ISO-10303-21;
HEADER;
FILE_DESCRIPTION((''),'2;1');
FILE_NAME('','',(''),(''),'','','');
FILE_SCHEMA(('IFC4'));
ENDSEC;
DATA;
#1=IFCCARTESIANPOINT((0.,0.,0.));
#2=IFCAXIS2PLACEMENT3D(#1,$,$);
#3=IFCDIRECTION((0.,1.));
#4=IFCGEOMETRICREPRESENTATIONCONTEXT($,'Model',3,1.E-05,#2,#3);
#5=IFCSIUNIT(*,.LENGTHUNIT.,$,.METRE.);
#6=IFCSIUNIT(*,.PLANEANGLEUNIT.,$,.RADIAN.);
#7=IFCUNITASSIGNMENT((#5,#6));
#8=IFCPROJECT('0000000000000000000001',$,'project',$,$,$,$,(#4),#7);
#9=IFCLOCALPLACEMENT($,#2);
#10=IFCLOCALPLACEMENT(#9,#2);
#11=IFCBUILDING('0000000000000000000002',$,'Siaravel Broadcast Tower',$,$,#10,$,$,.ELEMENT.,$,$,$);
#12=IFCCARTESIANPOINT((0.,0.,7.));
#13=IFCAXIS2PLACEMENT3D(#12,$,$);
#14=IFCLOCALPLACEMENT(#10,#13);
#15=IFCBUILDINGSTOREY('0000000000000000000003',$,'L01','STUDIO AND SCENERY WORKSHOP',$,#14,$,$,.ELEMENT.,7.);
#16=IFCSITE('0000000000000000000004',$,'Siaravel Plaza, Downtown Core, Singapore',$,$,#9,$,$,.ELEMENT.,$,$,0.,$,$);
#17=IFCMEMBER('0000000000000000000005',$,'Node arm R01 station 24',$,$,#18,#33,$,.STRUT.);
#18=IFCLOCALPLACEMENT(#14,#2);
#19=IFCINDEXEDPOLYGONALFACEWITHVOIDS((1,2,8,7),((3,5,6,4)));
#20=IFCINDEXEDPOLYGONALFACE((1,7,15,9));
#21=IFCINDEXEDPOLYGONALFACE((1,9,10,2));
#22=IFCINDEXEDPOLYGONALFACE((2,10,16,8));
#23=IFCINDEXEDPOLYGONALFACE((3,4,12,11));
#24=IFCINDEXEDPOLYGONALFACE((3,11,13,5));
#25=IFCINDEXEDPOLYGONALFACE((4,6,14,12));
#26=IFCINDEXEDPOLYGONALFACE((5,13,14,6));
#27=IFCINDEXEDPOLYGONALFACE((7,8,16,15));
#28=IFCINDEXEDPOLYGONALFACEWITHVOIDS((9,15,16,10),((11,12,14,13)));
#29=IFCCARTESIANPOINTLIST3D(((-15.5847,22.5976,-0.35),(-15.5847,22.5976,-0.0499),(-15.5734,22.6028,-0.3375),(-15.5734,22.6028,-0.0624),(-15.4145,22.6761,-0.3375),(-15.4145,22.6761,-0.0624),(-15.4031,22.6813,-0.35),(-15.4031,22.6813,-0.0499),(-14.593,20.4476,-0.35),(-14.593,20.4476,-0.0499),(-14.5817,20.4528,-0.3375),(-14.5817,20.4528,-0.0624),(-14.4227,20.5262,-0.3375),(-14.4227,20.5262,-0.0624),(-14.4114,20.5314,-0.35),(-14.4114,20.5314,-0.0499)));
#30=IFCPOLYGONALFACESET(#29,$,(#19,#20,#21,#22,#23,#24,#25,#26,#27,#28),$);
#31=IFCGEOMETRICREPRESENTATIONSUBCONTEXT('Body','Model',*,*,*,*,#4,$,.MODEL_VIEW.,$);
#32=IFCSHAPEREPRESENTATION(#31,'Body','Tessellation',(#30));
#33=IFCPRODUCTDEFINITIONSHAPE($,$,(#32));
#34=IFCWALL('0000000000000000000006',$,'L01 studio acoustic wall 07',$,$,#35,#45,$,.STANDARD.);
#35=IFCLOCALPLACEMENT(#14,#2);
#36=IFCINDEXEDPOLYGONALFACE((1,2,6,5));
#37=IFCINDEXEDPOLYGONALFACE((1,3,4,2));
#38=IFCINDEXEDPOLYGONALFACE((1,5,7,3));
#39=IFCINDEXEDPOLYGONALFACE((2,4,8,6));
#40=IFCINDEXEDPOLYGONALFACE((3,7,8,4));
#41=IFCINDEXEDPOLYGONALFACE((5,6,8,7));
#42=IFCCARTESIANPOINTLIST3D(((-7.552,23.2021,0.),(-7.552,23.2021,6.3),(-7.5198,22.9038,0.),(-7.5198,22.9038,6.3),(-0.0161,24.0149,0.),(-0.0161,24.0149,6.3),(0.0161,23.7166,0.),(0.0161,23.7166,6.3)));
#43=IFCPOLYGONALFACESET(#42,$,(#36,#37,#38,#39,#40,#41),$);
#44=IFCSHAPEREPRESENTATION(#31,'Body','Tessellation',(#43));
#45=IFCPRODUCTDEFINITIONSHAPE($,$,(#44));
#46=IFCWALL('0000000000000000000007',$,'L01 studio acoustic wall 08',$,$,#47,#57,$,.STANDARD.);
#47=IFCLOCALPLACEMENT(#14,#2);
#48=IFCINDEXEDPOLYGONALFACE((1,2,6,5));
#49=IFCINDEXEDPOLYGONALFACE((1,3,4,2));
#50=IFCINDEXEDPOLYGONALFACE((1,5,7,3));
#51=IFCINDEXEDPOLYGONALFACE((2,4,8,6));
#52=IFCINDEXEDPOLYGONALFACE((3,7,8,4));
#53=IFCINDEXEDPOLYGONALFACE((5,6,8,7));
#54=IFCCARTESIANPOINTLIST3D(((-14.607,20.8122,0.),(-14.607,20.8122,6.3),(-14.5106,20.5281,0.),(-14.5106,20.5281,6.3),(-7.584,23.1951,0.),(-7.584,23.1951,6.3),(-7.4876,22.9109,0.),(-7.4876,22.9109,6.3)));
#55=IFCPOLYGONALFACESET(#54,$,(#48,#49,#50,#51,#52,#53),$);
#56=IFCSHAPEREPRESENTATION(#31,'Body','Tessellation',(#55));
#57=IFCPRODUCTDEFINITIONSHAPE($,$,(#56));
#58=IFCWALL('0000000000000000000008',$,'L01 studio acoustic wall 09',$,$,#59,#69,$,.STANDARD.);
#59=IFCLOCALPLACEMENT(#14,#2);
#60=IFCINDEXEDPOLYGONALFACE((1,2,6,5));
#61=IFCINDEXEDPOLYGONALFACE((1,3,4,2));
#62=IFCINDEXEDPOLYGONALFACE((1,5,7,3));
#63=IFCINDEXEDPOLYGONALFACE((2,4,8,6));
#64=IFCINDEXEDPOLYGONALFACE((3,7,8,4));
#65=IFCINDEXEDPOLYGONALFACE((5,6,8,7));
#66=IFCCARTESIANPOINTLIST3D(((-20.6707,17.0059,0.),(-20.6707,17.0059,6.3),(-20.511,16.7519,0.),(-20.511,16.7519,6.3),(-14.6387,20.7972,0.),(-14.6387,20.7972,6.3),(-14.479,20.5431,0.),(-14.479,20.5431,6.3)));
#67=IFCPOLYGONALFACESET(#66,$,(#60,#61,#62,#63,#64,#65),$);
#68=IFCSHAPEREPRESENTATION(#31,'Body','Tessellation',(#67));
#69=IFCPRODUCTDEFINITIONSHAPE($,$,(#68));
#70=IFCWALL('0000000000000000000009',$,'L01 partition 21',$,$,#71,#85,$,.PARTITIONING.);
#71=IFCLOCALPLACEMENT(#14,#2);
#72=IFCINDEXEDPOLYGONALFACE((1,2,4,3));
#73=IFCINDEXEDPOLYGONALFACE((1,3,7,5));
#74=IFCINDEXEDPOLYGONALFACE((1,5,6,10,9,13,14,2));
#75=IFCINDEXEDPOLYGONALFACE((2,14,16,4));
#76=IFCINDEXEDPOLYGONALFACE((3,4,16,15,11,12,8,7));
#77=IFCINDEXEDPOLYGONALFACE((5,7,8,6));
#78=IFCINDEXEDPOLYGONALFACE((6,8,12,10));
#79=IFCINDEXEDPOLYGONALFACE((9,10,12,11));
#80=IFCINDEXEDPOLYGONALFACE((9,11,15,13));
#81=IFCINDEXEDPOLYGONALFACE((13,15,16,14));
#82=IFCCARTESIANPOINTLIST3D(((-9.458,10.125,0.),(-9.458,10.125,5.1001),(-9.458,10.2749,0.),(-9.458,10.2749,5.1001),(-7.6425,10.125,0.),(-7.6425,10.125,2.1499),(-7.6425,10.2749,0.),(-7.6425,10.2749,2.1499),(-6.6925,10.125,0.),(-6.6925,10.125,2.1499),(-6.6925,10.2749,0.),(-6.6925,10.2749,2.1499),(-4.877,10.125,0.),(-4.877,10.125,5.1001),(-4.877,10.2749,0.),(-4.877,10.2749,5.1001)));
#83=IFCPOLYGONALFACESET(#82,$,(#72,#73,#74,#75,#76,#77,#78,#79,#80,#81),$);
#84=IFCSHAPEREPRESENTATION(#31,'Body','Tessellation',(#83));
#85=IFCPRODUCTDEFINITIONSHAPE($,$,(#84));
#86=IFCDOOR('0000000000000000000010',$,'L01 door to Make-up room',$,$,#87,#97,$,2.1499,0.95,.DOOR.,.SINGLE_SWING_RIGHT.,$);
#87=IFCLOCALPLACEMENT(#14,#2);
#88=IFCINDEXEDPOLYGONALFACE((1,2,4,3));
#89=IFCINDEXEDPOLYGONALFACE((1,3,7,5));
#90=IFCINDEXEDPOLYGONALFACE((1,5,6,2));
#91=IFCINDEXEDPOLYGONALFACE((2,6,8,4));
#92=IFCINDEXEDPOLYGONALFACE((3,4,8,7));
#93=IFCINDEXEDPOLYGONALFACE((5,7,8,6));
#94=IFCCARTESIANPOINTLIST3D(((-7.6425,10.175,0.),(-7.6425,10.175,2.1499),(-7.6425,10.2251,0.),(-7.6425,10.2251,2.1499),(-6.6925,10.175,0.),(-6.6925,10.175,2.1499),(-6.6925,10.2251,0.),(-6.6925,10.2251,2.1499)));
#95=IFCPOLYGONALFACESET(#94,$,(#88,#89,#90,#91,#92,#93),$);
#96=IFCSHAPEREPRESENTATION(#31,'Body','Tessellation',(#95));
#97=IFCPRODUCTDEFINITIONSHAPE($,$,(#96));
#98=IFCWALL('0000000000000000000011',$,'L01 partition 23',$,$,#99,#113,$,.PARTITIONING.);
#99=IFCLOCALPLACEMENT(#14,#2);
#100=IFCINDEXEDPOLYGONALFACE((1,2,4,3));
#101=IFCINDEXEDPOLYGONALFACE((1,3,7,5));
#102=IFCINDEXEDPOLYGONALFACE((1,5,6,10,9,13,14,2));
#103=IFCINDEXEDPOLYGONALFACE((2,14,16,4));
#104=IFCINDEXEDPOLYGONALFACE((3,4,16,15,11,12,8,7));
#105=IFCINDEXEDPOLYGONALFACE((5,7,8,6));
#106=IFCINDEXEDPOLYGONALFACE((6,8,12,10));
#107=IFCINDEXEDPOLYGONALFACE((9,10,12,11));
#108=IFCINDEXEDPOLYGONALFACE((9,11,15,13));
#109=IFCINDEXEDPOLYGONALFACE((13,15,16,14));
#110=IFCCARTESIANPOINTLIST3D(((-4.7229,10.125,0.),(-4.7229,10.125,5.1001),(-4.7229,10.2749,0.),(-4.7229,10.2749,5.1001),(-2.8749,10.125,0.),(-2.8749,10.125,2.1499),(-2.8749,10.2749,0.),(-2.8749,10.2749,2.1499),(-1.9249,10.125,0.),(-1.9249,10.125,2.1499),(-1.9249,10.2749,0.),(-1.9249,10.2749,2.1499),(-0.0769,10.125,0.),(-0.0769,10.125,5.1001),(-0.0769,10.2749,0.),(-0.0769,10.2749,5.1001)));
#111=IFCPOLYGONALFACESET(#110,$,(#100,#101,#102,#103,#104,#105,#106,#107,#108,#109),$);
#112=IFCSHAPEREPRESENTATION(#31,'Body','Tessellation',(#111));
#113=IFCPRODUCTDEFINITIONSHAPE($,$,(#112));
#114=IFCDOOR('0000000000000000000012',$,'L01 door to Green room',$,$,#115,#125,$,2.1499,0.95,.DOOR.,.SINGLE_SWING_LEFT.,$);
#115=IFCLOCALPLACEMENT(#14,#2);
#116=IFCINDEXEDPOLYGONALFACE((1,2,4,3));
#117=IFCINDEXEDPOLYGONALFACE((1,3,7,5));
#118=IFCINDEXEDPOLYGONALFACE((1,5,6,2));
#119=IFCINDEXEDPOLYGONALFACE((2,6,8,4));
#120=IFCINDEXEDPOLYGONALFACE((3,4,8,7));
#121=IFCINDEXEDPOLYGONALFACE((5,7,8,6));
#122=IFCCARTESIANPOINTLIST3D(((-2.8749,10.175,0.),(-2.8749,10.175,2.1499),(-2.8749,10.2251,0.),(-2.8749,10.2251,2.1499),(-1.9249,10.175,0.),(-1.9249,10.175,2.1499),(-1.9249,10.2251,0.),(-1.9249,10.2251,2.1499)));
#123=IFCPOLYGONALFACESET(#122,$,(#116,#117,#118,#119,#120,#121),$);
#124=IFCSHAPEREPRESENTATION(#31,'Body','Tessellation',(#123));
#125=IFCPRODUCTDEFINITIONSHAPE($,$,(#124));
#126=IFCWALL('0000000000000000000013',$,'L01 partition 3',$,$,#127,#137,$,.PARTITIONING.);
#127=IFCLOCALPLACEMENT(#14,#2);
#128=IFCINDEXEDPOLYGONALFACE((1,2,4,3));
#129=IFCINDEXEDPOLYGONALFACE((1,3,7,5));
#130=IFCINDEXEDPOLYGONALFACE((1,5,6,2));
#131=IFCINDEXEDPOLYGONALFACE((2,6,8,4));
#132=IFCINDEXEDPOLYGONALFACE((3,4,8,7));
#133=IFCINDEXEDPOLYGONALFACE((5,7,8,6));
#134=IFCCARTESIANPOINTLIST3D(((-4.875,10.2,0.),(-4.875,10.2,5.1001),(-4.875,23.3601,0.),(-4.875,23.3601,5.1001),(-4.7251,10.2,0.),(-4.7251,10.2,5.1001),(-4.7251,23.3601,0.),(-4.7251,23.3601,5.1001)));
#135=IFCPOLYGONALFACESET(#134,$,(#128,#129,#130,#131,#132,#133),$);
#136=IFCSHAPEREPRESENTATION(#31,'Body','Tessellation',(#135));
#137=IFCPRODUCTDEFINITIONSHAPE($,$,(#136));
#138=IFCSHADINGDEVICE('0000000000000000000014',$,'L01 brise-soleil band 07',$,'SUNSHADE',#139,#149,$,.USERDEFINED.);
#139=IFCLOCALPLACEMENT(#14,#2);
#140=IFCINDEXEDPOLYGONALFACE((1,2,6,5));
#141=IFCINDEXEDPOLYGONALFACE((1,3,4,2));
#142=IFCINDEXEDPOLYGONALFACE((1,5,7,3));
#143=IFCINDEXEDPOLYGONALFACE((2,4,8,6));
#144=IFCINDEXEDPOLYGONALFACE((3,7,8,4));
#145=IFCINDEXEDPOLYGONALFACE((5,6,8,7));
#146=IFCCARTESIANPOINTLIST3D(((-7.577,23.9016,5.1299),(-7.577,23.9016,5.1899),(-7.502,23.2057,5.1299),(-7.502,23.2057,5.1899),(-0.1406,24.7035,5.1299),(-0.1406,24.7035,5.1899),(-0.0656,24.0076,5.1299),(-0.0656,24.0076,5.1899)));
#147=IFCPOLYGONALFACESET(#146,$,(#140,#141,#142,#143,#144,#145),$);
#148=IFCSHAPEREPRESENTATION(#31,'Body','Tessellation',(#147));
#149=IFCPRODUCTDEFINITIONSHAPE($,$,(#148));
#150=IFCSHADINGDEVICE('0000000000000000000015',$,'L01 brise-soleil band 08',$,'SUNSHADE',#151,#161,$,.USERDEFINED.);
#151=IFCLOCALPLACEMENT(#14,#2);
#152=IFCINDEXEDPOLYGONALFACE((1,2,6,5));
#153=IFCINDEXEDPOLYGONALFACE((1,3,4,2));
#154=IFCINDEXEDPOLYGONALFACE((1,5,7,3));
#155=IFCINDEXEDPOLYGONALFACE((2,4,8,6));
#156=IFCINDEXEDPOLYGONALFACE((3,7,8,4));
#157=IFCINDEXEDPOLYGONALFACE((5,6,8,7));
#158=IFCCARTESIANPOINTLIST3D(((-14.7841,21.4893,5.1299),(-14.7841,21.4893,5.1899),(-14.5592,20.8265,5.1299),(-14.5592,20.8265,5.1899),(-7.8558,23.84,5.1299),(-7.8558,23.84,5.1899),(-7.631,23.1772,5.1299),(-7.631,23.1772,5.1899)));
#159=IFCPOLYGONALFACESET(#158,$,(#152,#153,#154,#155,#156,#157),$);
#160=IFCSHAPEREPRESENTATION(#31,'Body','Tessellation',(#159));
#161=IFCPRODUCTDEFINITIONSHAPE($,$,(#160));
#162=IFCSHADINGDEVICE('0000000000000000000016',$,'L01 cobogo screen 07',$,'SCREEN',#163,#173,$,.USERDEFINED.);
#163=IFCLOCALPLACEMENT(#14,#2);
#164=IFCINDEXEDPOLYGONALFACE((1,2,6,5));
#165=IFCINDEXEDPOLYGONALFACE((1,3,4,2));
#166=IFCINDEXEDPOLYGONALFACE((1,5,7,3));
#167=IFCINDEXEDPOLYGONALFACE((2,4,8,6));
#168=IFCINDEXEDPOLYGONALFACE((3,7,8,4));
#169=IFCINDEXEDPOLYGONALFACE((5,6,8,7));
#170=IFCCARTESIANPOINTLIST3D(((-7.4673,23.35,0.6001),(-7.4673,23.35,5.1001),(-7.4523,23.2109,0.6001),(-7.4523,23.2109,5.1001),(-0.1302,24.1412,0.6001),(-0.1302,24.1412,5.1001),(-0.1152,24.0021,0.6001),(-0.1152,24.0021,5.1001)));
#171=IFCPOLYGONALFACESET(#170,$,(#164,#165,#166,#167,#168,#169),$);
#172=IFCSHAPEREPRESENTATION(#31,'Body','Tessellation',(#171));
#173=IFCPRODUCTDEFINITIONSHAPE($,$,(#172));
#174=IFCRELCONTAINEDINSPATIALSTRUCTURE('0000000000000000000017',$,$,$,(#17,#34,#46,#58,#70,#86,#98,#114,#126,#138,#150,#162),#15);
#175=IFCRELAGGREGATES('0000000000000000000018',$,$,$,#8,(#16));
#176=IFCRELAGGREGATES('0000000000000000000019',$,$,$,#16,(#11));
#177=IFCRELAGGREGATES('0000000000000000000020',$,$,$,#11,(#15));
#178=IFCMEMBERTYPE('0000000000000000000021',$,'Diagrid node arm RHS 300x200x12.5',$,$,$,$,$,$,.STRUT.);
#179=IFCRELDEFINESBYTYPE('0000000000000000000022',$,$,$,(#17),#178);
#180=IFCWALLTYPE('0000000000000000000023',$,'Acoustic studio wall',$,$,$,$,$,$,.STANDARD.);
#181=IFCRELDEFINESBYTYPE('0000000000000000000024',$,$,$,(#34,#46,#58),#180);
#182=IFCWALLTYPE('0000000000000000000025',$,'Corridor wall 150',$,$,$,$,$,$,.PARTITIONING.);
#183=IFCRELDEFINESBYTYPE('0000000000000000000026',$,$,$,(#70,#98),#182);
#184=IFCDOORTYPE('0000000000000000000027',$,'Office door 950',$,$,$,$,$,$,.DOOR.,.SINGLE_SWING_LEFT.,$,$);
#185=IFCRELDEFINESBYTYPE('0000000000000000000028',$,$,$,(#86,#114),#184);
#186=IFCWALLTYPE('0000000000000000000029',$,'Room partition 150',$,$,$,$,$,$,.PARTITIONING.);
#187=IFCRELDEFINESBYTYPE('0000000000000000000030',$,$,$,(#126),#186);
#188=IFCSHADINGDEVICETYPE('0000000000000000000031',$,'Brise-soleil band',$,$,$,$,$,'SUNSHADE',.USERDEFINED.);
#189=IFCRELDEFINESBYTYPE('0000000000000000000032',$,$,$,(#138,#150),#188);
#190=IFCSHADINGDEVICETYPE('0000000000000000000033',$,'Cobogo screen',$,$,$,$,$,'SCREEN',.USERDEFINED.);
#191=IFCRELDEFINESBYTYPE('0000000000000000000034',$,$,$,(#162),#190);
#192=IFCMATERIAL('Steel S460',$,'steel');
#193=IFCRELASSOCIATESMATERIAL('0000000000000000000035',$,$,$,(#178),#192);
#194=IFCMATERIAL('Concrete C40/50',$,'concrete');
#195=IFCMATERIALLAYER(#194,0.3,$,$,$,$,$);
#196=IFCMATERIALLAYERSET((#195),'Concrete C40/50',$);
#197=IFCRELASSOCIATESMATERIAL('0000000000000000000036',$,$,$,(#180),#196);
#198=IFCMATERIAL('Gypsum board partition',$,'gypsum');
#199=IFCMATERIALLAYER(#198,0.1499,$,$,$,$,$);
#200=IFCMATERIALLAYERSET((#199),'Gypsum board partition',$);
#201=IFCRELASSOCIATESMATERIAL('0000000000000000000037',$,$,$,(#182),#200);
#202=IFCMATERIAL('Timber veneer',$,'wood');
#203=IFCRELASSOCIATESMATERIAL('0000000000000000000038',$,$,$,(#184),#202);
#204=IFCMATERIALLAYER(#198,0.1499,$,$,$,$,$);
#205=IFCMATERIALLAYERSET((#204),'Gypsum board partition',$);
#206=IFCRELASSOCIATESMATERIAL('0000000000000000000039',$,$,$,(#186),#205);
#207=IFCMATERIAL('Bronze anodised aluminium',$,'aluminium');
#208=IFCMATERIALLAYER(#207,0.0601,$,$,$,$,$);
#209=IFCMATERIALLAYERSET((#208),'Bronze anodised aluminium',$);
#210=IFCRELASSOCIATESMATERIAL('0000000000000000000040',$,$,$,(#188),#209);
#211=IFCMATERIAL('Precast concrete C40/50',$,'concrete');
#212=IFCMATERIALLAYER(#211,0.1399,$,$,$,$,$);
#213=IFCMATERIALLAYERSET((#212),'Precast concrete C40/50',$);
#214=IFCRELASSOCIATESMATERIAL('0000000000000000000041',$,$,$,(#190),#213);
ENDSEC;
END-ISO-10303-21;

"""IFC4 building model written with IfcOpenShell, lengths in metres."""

from ifc_helpers import new_model, si_unit, direction, frame, frame_2d, origin, origin_2d, place, context, subcontext, project, spatial, rectangle, hollow_rectangle, extrude, material, layer, layer_set, material_profile, profile_set, type_object, element, fill, save


model = new_model("IFC4")

# Units and contexts
model_context = context("Model", 3, precision=1e-05, world=origin(), true_north=direction((0.0, 1.0)))
body_context = subcontext(model_context, "Body", "Model", "MODEL_VIEW")
ifc_project = project(units=[si_unit("LENGTHUNIT", "METRE"), si_unit("PLANEANGLEUNIT", "RADIAN")], contexts=[model_context])

# Site, building, storey
site_placement = place(None, origin())
site = spatial("IfcSite", under=ifc_project, at=site_placement, Name="Siaravel Plaza, Downtown Core, Singapore", CompositionType="ELEMENT", RefElevation=0.0)
building_placement = place(site_placement, origin())
building = spatial("IfcBuilding", under=site, at=building_placement, Name="Siaravel Broadcast Tower", CompositionType="ELEMENT")
storey_placement = place(building_placement, frame((0.0, 0.0, 7.0)))
storey = spatial("IfcBuildingStorey", under=building, at=storey_placement, Name="L01", Description="STUDIO AND SCENERY WORKSHOP", CompositionType="ELEMENT", Elevation=7.0)

# Member
ifc_material_1 = material(Name="Steel S460", Category="steel")
ifc_material_profile_1 = material_profile(ifc_material_1, hollow_rectangle(XDim=0.2, YDim=0.3, WallThickness=0.0125, at=origin_2d()))
ifc_profile_set_1 = profile_set([ifc_material_profile_1], Name="Steel S460")
member_type_1 = type_object("IfcMemberType", Name="Diagrid node arm RHS 300x200x12.5", PredefinedType="STRUT", material=ifc_profile_set_1)
member_1_placement = place(storey_placement, frame((-14.5022, 20.4895, -0.2), z_axis=(-0.418862, 0.90805, 0.0), x_axis=(-0.90805, -0.418862, 0.0)))
element("IfcMember", 1, at=member_1_placement, inside=storey, type_object=member_type_1, Name="Node arm R01 station 24", PredefinedType="STRUT", context=body_context, shape_type="SweptSolid", body=[
    extrude(hollow_rectangle(XDim=0.2, YDim=0.3, WallThickness=0.0125, at=origin_2d()), origin(), (0.0, 0.0, 1.0), 2.3677),
])

# Walls
ifc_material_2 = material(Name="Concrete C40/50", Category="concrete")
ifc_layer_1 = layer(ifc_material_2, 0.3)
ifc_layer_set_1 = layer_set([ifc_layer_1], Name="Concrete C40/50")
wall_type_1 = type_object("IfcWallType", Name="Acoustic studio wall", PredefinedType="STANDARD", material=ifc_layer_set_1)
wall_1_placement = place(storey_placement, frame((0.0, 23.8657, 0.0), z_axis=(0.0, 0.0, 1.0), x_axis=(-0.994234, -0.107228, 0.0)))
element("IfcWall", 2, at=wall_1_placement, inside=storey, type_object=wall_type_1, Name="L01 studio acoustic wall 07", PredefinedType="STANDARD", context=body_context, shape_type="SweptSolid", body=[
    extrude(rectangle(XDim=7.5796, YDim=0.3, at=frame_2d((3.7898, 0.0))), origin(), (0.0, 0.0, 1.0), 6.3),
])
wall_2_placement = place(storey_placement, frame((-7.5359, 23.053, 0.0), z_axis=(0.0, 0.0, 1.0), x_axis=(-0.946978, -0.3213, 0.0)))
element("IfcWall", 3, at=wall_2_placement, inside=storey, type_object=wall_type_1, Name="L01 studio acoustic wall 08", PredefinedType="STANDARD", context=body_context, shape_type="SweptSolid", body=[
    extrude(rectangle(XDim=7.4163, YDim=0.3, at=frame_2d((3.708, 0.0))), origin(), (0.0, 0.0, 1.0), 6.3),
])
wall_3_placement = place(storey_placement, frame((-14.5588, 20.6702, 0.0), z_axis=(0.0, 0.0, 1.0), x_axis=(-0.846654, -0.532144, 0.0)))
element("IfcWall", 4, at=wall_3_placement, inside=storey, type_object=wall_type_1, Name="L01 studio acoustic wall 09", PredefinedType="STANDARD", context=body_context, shape_type="SweptSolid", body=[
    extrude(rectangle(XDim=7.1245, YDim=0.3, at=frame_2d((3.5623, 0.0))), origin(), (0.0, 0.0, 1.0), 6.3),
])

# Walls, openings, doors
ifc_material_3 = material(Name="Gypsum board partition", Category="gypsum")
ifc_layer_2 = layer(ifc_material_3, 0.1499)
ifc_layer_set_2 = layer_set([ifc_layer_2], Name="Gypsum board partition")
wall_type_2 = type_object("IfcWallType", Name="Corridor wall 150", PredefinedType="PARTITIONING", material=ifc_layer_set_2)
wall_4_placement = place(storey_placement, frame((-4.877, 10.2, 0.0), z_axis=(0.0, 0.0, 1.0), x_axis=(-1.0, 0.0, 0.0)))
wall_4 = element("IfcWall", 5, at=wall_4_placement, inside=storey, type_object=wall_type_2, Name="L01 partition 21", PredefinedType="PARTITIONING", context=body_context, shape_type="SweptSolid", body=[
    extrude(rectangle(XDim=4.5811, YDim=0.1499, at=frame_2d((2.2905, 0.0))), origin(), (0.0, 0.0, 1.0), 5.1001),
])
opening_1_placement = place(wall_4_placement, frame((1.8154, 0.0, 0.0)))
opening_1 = element("IfcOpeningElement", 6, at=opening_1_placement, cuts=wall_4, PredefinedType="OPENING", context=body_context, shape_type="SweptSolid", body=[
    extrude(rectangle(XDim=0.95, YDim=2.1499, at=frame_2d((0.4751, 1.075))), frame((0.0, 0.085, 0.0), z_axis=(0.0, -1.0, 0.0), x_axis=(1.0, 0.0, 0.0)), (0.0, 0.0, 1.0), 0.1699),
])
ifc_material_4 = material(Name="Timber veneer", Category="wood")
door_type = type_object("IfcDoorType", Name="Office door 950", OperationType="SINGLE_SWING_LEFT", PredefinedType="DOOR", material=ifc_material_4)
door_1_placement = place(opening_1_placement, origin())
door_1 = element("IfcDoor", 7, at=door_1_placement, inside=storey, type_object=door_type, Name="L01 door to Make-up room", OperationType="SINGLE_SWING_RIGHT", OverallHeight=2.1499, OverallWidth=0.95, PredefinedType="DOOR", context=body_context, shape_type="SweptSolid", body=[
    extrude(rectangle(XDim=0.95, YDim=2.1499, at=frame_2d((0.4751, 1.075))), frame((0.0, 0.0249, 0.0), z_axis=(0.0, -1.0, 0.0), x_axis=(1.0, 0.0, 0.0)), (0.0, 0.0, 1.0), 0.05),
])
fill(opening_1, door_1)
wall_5_placement = place(storey_placement, frame((-0.0769, 10.2, 0.0), z_axis=(0.0, 0.0, 1.0), x_axis=(-1.0, 0.0, 0.0)))
wall_5 = element("IfcWall", 8, at=wall_5_placement, inside=storey, type_object=wall_type_2, Name="L01 partition 23", PredefinedType="PARTITIONING", context=body_context, shape_type="SweptSolid", body=[
    extrude(rectangle(XDim=4.646, YDim=0.1499, at=frame_2d((2.323, 0.0))), origin(), (0.0, 0.0, 1.0), 5.1001),
])
opening_2_placement = place(wall_5_placement, frame((1.8479, 0.0, 0.0)))
opening_2 = element("IfcOpeningElement", 9, at=opening_2_placement, cuts=wall_5, PredefinedType="OPENING", context=body_context, shape_type="SweptSolid", body=[
    extrude(rectangle(XDim=0.95, YDim=2.1499, at=frame_2d((0.4751, 1.075))), frame((0.0, 0.085, 0.0), z_axis=(0.0, -1.0, 0.0), x_axis=(1.0, 0.0, 0.0)), (0.0, 0.0, 1.0), 0.1699),
])
door_2_placement = place(opening_2_placement, origin())
door_2 = element("IfcDoor", 10, at=door_2_placement, inside=storey, type_object=door_type, Name="L01 door to Green room", OperationType="SINGLE_SWING_LEFT", OverallHeight=2.1499, OverallWidth=0.95, PredefinedType="DOOR", context=body_context, shape_type="SweptSolid", body=[
    extrude(rectangle(XDim=0.95, YDim=2.1499, at=frame_2d((0.4751, 1.075))), frame((0.0, 0.0249, 0.0), z_axis=(0.0, -1.0, 0.0), x_axis=(1.0, 0.0, 0.0)), (0.0, 0.0, 1.0), 0.05),
])
fill(opening_2, door_2)

# Wall
ifc_layer_3 = layer(ifc_material_3, 0.1499)
ifc_layer_set_3 = layer_set([ifc_layer_3], Name="Gypsum board partition")
wall_type_3 = type_object("IfcWallType", Name="Room partition 150", PredefinedType="PARTITIONING", material=ifc_layer_set_3)
wall_6_placement = place(storey_placement, frame((-4.8, 10.2, 0.0), z_axis=(0.0, 0.0, 1.0), x_axis=(0.0, 1.0, 0.0)))
element("IfcWall", 11, at=wall_6_placement, inside=storey, type_object=wall_type_3, Name="L01 partition 3", PredefinedType="PARTITIONING", context=body_context, shape_type="SweptSolid", body=[
    extrude(rectangle(XDim=13.1602, YDim=0.1499, at=frame_2d((6.5801, 0.0))), origin(), (0.0, 0.0, 1.0), 5.1001),
])

# Shading devices
ifc_material_5 = material(Name="Bronze anodised aluminium", Category="aluminium")
ifc_layer_4 = layer(ifc_material_5, 0.0601)
ifc_layer_set_4 = layer_set([ifc_layer_4], Name="Bronze anodised aluminium")
shading_device_type_1 = type_object("IfcShadingDeviceType", Name="Brise-soleil band", ElementType="SUNSHADE", PredefinedType="USERDEFINED", material=ifc_layer_set_4)
shading_device_1_placement = place(storey_placement, frame((-3.8213, 23.9546, 5.1299), z_axis=(0.0, 0.0, 1.0), x_axis=(-0.994236, -0.107217, 0.0)))
element("IfcShadingDevice", 12, at=shading_device_1_placement, inside=storey, type_object=shading_device_type_1, Name="L01 brise-soleil band 07", ObjectType="SUNSHADE", PredefinedType="USERDEFINED", context=body_context, shape_type="SweptSolid", body=[
    extrude(rectangle(XDim=7.4795, YDim=0.7, at=origin_2d()), origin(), (0.0, 0.0, 1.0), 0.0601),
])
shading_device_2_placement = place(storey_placement, frame((-11.2075, 22.3333, 5.1299), z_axis=(0.0, 0.0, 1.0), x_axis=(-0.946977, -0.321301, 0.0)))
element("IfcShadingDevice", 13, at=shading_device_2_placement, inside=storey, type_object=shading_device_type_1, Name="L01 brise-soleil band 08", ObjectType="SUNSHADE", PredefinedType="USERDEFINED", context=body_context, shape_type="SweptSolid", body=[
    extrude(rectangle(XDim=7.3162, YDim=0.7, at=origin_2d()), origin(), (0.0, 0.0, 1.0), 0.0601),
])
ifc_material_6 = material(Name="Precast concrete C40/50", Category="concrete")
ifc_layer_5 = layer(ifc_material_6, 0.1399)
ifc_layer_set_5 = layer_set([ifc_layer_5], Name="Precast concrete C40/50")
shading_device_type_2 = type_object("IfcShadingDeviceType", Name="Cobogo screen", ElementType="SCREEN", PredefinedType="USERDEFINED", material=ifc_layer_set_5)
shading_device_3_placement = place(storey_placement, frame((-3.7913, 23.676, 0.6001), z_axis=(0.0, 0.0, 1.0), x_axis=(-0.994236, -0.107217, 0.0)))
element("IfcShadingDevice", 14, at=shading_device_3_placement, inside=storey, type_object=shading_device_type_2, Name="L01 cobogo screen 07", ObjectType="SCREEN", PredefinedType="USERDEFINED", context=body_context, shape_type="SweptSolid", body=[
    extrude(rectangle(XDim=7.3796, YDim=0.1399, at=origin_2d()), origin(), (0.0, 0.0, 1.0), 4.5),
])

save(model, "model.ifc")
